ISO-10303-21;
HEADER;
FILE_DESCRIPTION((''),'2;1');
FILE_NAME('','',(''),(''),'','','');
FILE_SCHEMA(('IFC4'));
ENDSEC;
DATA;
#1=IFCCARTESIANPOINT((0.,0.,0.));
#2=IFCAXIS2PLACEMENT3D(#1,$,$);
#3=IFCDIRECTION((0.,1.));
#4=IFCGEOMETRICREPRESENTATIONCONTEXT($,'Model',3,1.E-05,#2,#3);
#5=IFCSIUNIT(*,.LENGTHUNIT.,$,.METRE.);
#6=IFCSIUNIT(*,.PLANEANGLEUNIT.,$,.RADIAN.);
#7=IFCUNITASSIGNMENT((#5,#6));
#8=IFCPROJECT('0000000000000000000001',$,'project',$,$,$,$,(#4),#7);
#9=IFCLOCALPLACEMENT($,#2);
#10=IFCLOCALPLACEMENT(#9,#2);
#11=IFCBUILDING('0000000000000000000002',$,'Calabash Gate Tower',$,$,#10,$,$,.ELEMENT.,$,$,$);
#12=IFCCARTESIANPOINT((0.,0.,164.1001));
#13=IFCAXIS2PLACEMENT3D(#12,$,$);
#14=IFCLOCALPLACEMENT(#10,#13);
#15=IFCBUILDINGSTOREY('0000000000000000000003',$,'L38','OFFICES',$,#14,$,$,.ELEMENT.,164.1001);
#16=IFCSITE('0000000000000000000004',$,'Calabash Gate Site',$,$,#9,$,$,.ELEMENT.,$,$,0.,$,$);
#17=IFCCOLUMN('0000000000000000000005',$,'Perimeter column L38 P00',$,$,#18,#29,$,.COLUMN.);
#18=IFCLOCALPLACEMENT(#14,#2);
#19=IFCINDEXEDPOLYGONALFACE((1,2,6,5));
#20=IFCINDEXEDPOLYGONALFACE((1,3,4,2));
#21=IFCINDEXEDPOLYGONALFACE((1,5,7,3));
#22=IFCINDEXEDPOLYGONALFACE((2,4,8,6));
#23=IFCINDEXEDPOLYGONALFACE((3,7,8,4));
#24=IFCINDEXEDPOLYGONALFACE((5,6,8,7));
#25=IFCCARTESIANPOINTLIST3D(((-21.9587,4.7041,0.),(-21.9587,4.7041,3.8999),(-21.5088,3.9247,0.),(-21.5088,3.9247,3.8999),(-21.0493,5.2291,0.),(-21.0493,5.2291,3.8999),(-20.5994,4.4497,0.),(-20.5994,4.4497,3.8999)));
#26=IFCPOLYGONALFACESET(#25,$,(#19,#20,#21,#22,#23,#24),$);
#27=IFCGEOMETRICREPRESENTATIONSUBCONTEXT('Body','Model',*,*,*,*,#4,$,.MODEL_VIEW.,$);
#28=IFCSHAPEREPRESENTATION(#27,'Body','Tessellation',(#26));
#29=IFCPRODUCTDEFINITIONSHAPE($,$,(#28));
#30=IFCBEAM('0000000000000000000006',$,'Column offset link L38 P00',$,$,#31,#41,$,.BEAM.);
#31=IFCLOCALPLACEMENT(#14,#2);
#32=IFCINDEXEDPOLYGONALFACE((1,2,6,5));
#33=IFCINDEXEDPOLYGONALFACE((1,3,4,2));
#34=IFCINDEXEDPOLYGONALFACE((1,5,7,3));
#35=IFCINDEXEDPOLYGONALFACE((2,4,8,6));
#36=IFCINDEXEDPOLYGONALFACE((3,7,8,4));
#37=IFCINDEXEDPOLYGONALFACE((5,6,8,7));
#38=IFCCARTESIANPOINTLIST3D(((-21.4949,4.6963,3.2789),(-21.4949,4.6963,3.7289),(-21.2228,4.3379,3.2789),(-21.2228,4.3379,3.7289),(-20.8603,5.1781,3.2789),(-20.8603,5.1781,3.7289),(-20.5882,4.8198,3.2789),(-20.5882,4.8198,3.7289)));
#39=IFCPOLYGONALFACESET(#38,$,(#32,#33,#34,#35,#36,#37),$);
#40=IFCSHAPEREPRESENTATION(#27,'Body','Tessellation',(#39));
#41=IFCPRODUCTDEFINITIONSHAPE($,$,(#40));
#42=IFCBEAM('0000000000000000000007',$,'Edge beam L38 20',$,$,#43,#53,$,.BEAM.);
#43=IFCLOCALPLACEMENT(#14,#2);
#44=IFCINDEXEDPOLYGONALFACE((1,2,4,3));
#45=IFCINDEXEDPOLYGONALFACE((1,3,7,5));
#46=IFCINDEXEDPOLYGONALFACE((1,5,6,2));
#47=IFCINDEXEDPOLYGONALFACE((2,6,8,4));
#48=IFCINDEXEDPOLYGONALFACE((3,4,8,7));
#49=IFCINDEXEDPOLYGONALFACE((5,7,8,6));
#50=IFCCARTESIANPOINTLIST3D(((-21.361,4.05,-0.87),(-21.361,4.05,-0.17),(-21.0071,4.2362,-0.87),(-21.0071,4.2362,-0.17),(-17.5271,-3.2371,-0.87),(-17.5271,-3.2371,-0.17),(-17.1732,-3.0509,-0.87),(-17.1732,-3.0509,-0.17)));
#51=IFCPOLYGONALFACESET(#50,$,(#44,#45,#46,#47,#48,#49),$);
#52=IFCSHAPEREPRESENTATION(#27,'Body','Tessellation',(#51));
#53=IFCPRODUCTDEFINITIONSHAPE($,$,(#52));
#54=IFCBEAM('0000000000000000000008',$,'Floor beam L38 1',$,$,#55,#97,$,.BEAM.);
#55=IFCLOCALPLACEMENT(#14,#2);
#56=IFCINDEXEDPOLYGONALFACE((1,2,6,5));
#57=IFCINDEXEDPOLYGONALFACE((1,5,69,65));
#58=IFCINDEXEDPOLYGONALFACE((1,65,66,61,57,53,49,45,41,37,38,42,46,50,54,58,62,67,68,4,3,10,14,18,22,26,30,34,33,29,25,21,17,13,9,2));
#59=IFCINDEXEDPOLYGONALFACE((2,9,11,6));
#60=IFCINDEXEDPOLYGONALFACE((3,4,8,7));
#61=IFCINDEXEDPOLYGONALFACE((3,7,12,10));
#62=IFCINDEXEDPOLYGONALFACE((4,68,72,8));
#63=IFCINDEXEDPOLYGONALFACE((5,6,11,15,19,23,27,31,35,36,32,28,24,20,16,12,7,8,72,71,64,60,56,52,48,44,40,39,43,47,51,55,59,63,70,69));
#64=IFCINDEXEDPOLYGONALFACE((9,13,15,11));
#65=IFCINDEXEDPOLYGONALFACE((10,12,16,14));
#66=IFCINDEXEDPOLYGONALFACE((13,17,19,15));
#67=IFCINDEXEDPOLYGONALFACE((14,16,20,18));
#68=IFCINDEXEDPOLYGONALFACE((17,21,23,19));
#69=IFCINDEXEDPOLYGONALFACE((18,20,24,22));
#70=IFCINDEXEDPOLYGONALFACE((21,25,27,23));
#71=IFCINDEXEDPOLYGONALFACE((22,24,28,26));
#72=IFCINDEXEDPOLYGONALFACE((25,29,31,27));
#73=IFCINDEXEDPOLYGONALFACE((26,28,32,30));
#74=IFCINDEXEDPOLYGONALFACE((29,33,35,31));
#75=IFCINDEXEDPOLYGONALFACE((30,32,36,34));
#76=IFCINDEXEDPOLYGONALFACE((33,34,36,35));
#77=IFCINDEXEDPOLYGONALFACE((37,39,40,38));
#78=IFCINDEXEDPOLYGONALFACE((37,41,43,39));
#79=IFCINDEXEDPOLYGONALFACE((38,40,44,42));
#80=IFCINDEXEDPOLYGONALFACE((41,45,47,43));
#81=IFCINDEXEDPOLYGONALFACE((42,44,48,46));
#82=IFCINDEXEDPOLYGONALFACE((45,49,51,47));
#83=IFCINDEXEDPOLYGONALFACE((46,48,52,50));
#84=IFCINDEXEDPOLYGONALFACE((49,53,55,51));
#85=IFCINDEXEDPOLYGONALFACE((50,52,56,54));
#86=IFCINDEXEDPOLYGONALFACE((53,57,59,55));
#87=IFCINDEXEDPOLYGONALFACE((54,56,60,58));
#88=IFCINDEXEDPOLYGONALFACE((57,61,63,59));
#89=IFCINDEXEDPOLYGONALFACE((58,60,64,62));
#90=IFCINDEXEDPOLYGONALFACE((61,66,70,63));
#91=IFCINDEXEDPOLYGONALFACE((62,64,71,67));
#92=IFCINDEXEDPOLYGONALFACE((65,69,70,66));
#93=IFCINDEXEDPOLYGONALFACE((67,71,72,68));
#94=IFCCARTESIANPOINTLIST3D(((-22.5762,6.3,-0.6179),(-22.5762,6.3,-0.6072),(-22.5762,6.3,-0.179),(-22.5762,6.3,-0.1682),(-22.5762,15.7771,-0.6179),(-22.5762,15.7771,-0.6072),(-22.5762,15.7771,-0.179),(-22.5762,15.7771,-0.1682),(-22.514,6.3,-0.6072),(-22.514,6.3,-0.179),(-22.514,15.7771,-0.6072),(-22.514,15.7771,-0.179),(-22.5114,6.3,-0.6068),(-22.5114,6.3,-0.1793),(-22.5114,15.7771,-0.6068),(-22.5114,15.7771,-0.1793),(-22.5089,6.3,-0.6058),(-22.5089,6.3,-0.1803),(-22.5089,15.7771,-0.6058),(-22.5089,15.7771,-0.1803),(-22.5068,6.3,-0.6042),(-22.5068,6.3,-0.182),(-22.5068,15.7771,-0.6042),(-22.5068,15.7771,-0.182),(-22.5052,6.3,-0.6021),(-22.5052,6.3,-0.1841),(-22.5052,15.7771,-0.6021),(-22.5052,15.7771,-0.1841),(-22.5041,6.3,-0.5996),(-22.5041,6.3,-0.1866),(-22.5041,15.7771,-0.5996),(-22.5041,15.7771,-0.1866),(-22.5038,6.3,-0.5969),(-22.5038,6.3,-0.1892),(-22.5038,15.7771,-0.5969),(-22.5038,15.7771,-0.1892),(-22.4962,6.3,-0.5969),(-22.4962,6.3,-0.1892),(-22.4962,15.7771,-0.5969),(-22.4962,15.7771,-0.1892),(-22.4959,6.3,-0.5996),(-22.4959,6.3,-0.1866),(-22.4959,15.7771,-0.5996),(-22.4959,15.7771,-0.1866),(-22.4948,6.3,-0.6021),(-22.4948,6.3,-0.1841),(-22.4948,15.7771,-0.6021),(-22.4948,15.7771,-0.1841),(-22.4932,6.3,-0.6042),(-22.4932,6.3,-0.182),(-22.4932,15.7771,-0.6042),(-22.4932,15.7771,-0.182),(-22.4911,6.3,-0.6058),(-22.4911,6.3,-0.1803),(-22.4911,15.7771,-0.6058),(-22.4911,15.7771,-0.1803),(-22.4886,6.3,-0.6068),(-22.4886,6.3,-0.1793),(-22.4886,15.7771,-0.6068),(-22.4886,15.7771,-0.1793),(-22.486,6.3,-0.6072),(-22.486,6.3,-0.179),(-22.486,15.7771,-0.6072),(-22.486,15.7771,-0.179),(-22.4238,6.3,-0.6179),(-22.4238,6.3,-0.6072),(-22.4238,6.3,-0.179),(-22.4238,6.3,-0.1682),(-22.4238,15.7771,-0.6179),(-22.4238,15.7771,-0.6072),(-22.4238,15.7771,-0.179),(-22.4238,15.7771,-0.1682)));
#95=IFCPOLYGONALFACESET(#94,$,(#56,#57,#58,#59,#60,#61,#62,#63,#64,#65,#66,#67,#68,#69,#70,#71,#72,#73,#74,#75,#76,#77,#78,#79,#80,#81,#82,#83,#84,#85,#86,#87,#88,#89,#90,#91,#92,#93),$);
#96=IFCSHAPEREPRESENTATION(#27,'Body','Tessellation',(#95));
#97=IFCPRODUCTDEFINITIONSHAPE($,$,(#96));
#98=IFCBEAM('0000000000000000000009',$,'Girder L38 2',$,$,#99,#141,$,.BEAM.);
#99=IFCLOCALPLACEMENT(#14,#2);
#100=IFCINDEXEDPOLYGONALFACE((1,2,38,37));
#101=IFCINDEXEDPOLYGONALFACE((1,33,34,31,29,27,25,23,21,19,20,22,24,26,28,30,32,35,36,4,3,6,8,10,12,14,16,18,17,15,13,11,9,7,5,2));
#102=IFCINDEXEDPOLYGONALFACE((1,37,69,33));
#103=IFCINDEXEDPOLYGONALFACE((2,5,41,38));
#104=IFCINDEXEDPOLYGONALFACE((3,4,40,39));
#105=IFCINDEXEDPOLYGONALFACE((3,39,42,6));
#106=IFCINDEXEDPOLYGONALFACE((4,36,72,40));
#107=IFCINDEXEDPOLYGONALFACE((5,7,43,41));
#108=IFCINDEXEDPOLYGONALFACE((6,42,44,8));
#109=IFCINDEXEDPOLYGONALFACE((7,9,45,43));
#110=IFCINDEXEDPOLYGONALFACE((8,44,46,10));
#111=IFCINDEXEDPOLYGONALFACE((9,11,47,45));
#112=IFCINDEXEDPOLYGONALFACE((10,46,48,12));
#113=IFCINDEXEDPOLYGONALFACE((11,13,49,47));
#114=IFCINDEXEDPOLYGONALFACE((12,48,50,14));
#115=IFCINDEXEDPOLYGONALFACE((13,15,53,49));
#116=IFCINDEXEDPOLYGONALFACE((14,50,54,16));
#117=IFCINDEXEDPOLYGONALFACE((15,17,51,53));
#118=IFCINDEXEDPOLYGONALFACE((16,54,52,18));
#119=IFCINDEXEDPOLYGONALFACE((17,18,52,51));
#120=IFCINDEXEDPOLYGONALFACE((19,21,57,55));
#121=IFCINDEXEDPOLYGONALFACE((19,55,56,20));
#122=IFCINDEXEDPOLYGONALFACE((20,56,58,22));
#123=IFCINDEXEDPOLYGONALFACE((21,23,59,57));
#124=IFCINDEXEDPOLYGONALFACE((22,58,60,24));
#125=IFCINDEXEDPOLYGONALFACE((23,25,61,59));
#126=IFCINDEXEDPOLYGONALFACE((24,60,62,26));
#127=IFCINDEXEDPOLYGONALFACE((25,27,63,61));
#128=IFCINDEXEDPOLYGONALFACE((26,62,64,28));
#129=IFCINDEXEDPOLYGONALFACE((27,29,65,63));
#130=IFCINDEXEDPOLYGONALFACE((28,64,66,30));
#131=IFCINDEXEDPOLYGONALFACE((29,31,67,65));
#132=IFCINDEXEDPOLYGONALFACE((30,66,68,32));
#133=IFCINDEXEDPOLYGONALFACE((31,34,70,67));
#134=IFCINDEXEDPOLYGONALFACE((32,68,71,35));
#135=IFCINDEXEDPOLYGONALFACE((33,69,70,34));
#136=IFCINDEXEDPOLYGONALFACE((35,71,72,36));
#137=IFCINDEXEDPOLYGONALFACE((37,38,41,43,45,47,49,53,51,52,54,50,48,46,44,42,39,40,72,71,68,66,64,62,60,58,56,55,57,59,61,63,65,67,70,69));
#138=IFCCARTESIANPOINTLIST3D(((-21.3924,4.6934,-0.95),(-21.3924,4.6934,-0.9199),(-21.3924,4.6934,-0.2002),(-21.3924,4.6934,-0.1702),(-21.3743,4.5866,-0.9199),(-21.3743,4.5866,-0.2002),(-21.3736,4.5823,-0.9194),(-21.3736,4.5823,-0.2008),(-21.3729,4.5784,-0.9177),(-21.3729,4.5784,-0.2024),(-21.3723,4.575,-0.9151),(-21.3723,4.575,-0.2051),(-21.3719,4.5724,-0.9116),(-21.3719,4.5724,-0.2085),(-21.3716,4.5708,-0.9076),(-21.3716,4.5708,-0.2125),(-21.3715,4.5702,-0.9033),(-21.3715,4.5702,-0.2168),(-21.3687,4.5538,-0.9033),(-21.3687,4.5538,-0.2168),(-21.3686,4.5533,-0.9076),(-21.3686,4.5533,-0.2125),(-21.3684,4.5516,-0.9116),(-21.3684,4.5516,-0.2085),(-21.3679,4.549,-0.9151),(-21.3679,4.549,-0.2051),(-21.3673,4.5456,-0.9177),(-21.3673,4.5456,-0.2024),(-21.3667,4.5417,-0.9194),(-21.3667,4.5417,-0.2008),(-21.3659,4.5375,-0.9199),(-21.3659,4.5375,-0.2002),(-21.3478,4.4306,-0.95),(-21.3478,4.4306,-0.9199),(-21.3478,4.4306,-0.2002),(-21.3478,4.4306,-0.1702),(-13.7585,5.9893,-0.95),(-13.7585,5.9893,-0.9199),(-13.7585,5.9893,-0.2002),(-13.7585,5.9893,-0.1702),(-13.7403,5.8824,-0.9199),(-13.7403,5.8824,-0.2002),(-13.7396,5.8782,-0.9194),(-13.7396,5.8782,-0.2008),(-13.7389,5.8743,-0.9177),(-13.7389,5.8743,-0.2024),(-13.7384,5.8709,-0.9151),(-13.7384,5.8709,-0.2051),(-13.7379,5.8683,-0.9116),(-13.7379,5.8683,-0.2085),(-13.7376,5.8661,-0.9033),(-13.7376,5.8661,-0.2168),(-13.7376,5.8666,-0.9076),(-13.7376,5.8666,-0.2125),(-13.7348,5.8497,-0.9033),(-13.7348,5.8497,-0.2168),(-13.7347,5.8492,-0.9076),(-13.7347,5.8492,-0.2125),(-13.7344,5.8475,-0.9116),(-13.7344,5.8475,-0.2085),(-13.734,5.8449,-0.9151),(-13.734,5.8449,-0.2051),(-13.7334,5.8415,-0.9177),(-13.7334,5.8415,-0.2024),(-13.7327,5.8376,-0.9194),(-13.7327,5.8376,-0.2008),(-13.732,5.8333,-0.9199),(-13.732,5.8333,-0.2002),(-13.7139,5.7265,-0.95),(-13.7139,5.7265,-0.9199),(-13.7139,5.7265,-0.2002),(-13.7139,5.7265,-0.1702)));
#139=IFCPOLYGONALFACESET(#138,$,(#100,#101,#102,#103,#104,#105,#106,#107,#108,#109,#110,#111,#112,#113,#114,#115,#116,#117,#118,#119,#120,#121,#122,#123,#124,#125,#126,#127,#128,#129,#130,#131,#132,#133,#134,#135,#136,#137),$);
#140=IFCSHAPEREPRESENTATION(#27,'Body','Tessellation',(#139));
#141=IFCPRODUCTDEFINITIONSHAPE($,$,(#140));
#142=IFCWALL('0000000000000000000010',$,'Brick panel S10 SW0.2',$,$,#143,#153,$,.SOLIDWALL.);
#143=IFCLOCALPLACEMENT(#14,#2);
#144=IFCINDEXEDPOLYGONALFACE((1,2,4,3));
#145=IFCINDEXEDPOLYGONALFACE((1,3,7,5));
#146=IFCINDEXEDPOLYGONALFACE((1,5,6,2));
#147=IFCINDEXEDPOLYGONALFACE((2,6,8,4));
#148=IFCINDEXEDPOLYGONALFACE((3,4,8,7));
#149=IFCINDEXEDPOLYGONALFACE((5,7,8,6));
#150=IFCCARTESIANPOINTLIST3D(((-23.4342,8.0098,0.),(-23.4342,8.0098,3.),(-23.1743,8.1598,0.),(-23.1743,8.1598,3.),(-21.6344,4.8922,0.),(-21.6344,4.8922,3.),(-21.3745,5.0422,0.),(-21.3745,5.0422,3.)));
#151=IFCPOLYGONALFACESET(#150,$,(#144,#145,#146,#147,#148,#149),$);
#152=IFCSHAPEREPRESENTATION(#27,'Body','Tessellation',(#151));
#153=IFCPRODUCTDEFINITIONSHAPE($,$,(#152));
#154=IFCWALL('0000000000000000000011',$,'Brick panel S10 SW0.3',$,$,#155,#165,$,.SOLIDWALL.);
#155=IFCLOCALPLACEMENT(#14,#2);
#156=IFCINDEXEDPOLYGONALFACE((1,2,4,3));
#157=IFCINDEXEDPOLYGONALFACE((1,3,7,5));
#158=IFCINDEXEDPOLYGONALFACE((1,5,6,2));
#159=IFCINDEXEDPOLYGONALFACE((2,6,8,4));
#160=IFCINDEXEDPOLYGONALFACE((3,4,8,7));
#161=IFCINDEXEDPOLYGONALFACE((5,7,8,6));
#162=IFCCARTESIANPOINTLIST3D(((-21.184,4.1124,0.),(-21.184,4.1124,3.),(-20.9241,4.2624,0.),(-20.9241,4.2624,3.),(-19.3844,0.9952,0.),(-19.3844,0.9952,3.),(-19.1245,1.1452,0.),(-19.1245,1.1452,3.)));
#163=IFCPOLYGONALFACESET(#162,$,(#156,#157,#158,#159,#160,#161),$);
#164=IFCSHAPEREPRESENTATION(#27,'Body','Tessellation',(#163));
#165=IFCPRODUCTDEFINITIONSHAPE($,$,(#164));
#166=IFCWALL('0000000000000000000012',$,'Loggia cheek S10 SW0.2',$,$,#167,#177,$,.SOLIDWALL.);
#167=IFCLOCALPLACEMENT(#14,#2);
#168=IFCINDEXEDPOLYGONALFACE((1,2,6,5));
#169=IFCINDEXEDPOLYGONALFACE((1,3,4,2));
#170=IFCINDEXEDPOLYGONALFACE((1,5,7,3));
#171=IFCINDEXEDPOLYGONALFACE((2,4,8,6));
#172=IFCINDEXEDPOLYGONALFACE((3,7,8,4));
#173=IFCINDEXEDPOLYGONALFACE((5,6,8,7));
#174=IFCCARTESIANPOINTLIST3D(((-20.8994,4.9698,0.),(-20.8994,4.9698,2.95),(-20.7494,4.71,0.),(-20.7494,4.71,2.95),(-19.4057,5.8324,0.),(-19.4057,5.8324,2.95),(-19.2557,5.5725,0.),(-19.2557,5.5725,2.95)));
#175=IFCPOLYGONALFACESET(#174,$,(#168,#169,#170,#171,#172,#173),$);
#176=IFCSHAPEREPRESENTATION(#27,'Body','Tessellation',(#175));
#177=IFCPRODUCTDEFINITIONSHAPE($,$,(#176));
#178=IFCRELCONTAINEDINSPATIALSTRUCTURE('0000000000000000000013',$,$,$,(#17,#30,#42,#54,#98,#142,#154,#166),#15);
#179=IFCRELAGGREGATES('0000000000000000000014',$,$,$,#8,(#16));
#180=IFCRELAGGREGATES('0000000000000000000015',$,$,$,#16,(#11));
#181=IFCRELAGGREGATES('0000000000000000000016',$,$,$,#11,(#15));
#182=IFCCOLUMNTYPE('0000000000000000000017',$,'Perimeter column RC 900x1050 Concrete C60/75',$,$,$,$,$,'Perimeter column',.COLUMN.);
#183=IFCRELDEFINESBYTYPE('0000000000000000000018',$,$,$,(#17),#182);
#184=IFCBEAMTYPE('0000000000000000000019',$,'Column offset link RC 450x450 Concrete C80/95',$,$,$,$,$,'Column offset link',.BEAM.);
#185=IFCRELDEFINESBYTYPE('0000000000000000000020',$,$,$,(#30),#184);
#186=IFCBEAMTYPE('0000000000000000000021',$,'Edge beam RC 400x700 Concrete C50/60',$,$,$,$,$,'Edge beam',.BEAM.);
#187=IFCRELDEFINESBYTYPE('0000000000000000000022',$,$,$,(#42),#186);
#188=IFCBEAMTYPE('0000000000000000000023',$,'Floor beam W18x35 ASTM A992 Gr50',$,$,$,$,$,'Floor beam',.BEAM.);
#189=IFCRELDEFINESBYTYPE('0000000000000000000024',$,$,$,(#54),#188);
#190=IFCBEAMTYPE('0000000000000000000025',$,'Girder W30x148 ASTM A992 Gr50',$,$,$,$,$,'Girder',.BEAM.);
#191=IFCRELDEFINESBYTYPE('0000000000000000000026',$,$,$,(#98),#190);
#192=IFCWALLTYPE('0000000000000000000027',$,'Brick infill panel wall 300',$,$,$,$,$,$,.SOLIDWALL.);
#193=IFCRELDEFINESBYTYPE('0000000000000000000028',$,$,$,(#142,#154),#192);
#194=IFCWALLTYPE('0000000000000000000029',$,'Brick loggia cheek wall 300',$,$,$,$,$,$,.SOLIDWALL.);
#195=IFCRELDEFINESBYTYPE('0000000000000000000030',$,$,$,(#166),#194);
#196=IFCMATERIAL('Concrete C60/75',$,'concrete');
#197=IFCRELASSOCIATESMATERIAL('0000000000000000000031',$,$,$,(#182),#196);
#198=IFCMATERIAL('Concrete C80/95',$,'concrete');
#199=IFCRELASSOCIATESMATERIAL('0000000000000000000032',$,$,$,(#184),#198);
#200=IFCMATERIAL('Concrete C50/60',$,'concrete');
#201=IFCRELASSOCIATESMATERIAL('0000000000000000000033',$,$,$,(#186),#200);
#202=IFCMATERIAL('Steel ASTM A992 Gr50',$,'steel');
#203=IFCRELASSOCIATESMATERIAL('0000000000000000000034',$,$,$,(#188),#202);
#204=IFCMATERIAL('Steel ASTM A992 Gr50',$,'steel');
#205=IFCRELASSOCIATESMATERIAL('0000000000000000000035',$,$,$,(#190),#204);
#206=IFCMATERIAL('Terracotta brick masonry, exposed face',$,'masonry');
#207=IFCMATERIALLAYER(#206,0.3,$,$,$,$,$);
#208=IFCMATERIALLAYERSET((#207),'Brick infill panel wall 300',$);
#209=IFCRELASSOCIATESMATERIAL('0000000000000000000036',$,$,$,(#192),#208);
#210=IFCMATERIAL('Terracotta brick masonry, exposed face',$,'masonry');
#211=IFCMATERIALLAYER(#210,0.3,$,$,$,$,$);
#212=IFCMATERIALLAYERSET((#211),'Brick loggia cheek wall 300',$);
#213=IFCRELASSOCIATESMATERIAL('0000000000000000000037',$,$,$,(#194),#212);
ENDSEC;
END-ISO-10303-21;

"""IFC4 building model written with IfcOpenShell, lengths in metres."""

from ifc_helpers import new_model, si_unit, direction, frame, frame_2d, origin, origin_2d, place, context, subcontext, project, spatial, rectangle, i_section, extrude, material, layer, layer_set, material_profile, profile_set, type_object, element, save


model = new_model("IFC4")

# Units and contexts
model_context = context("Model", 3, precision=1e-05, world=origin(), true_north=direction((0.0, 1.0)))
body_context = subcontext(model_context, "Body", "Model", "MODEL_VIEW")
ifc_project = project(units=[si_unit("LENGTHUNIT", "METRE"), si_unit("PLANEANGLEUNIT", "RADIAN")], contexts=[model_context])

# Site, building, storey
site_placement = place(None, origin())
site = spatial("IfcSite", under=ifc_project, at=site_placement, Name="Calabash Gate Site", CompositionType="ELEMENT", RefElevation=0.0)
building_placement = place(site_placement, origin())
building = spatial("IfcBuilding", under=site, at=building_placement, Name="Calabash Gate Tower", CompositionType="ELEMENT")
storey_placement = place(building_placement, frame((0.0, 0.0, 164.1001)))
storey = spatial("IfcBuildingStorey", under=building, at=storey_placement, Name="L38", Description="OFFICES", CompositionType="ELEMENT", Elevation=164.1001)

# Column
ifc_material_1 = material(Name="Concrete C60/75", Category="concrete")
ifc_material_profile_1 = material_profile(ifc_material_1, rectangle(XDim=0.8999, YDim=1.05, at=origin_2d()))
ifc_profile_set_1 = profile_set([ifc_material_profile_1], Name="Concrete C60/75")
column_type = type_object("IfcColumnType", Name="Perimeter column RC 900x1050 Concrete C60/75", ElementType="Perimeter column", PredefinedType="COLUMN", material=ifc_profile_set_1)
column_placement = place(storey_placement, frame((-21.2791, 4.5769, 0.0), z_axis=(0.0, 0.0, 1.0), x_axis=(0.5, -0.866025, 0.0)))
element("IfcColumn", 1, at=column_placement, inside=storey, type_object=column_type, Name="Perimeter column L38 P00", PredefinedType="COLUMN", context=body_context, shape_type="SweptSolid", body=[
    extrude(rectangle(XDim=0.8999, YDim=1.05, at=origin_2d()), origin(), (0.0, 0.0, 1.0), 3.8999),
])

# Beams
ifc_material_2 = material(Name="Concrete C80/95", Category="concrete")
ifc_material_profile_2 = material_profile(ifc_material_2, rectangle(XDim=0.45, YDim=0.45, at=origin_2d()))
ifc_profile_set_2 = profile_set([ifc_material_profile_2], Name="Concrete C80/95")
beam_type_1 = type_object("IfcBeamType", Name="Column offset link RC 450x450 Concrete C80/95", ElementType="Column offset link", PredefinedType="BEAM", material=ifc_profile_set_2)
beam_1_placement = place(storey_placement, frame((-21.3589, 4.5171, 3.5039), z_axis=(0.796457, 0.604695, 0.0), x_axis=(-0.604695, 0.796457, 0.0)))
element("IfcBeam", 2, at=beam_1_placement, inside=storey, type_object=beam_type_1, Name="Column offset link L38 P00", PredefinedType="BEAM", context=body_context, shape_type="SweptSolid", body=[
    extrude(rectangle(XDim=0.45, YDim=0.45, at=origin_2d()), origin(), (0.0, 0.0, 1.0), 0.7969),
])
ifc_material_3 = material(Name="Concrete C50/60", Category="concrete")
ifc_material_profile_3 = material_profile(ifc_material_3, rectangle(XDim=0.3999, YDim=0.7, at=origin_2d()))
ifc_profile_set_3 = profile_set([ifc_material_profile_3], Name="Concrete C50/60")
beam_type_2 = type_object("IfcBeamType", Name="Edge beam RC 400x700 Concrete C50/60", ElementType="Edge beam", PredefinedType="BEAM", material=ifc_profile_set_3)
beam_2_placement = place(storey_placement, frame((-21.1841, 4.1431, -0.52), z_axis=(0.465619, -0.884985, 0.0), x_axis=(0.884985, 0.465619, 0.0)))
element("IfcBeam", 3, at=beam_2_placement, inside=storey, type_object=beam_type_2, Name="Edge beam L38 20", PredefinedType="BEAM", context=body_context, shape_type="SweptSolid", body=[
    extrude(rectangle(XDim=0.3999, YDim=0.7, at=origin_2d()), origin(), (0.0, 0.0, 1.0), 8.2341),
])
ifc_material_4 = material(Name="Steel ASTM A992 Gr50", Category="steel")
ifc_material_profile_4 = material_profile(ifc_material_4, i_section(OverallWidth=0.1523, OverallDepth=0.4497, WebThickness=0.0076, FlangeThickness=0.0107, FilletRadius=0.0103, at=origin_2d()))
ifc_profile_set_4 = profile_set([ifc_material_profile_4], Name="Steel ASTM A992 Gr50")
beam_type_3 = type_object("IfcBeamType", Name="Floor beam W18x35 ASTM A992 Gr50", ElementType="Floor beam", PredefinedType="BEAM", material=ifc_profile_set_4)
beam_3_placement = place(storey_placement, frame((-22.5, 6.3, -0.3931), z_axis=(0.0, 1.0, 0.0), x_axis=(-1.0, 0.0, 0.0)))
element("IfcBeam", 4, at=beam_3_placement, inside=storey, type_object=beam_type_3, Name="Floor beam L38 1", PredefinedType="BEAM", context=body_context, shape_type="SweptSolid", body=[
    extrude(i_section(OverallWidth=0.1523, OverallDepth=0.4497, WebThickness=0.0076, FlangeThickness=0.0107, FilletRadius=0.0103, at=origin_2d()), origin(), (0.0, 0.0, 1.0), 9.4771),
])
ifc_material_5 = material(Name="Steel ASTM A992 Gr50", Category="steel")
ifc_material_profile_5 = material_profile(ifc_material_5, i_section(OverallWidth=0.2666, OverallDepth=0.7798, WebThickness=0.0166, FlangeThickness=0.03, FilletRadius=0.0166, at=origin_2d()))
ifc_profile_set_5 = profile_set([ifc_material_profile_5], Name="Steel ASTM A992 Gr50")
beam_type_4 = type_object("IfcBeamType", Name="Girder W30x148 ASTM A992 Gr50", ElementType="Girder", PredefinedType="BEAM", material=ifc_profile_set_5)
beam_4_placement = place(storey_placement, frame((-21.3701, 4.562, -0.5601), z_axis=(0.985896, 0.167359, 0.0), x_axis=(-0.167359, 0.985896, 0.0)))
element("IfcBeam", 5, at=beam_4_placement, inside=storey, type_object=beam_type_4, Name="Girder L38 2", PredefinedType="BEAM", context=body_context, shape_type="SweptSolid", body=[
    extrude(i_section(OverallWidth=0.2666, OverallDepth=0.7798, WebThickness=0.0166, FlangeThickness=0.03, FilletRadius=0.0166, at=origin_2d()), origin(), (0.0, 0.0, 1.0), 7.7432),
])

# Walls
ifc_material_6 = material(Name="Terracotta brick masonry, exposed face", Category="masonry")
ifc_layer_1 = layer(ifc_material_6, 0.3)
ifc_layer_set_1 = layer_set([ifc_layer_1], Name="Brick infill panel wall 300")
wall_type_1 = type_object("IfcWallType", Name="Brick infill panel wall 300", PredefinedType="SOLIDWALL", material=ifc_layer_set_1)
wall_1_placement = place(storey_placement, frame((-23.3042, 8.0847, 0.0), z_axis=(0.0, 0.0, 1.0), x_axis=(0.499961, -0.866048, 0.0)))
element("IfcWall", 6, at=wall_1_placement, inside=storey, type_object=wall_type_1, Name="Brick panel S10 SW0.2", PredefinedType="SOLIDWALL", context=body_context, shape_type="SweptSolid", body=[
    extrude(rectangle(XDim=3.5999, YDim=0.3, at=frame_2d((1.7998, 0.0))), origin(), (0.0, 0.0, 1.0), 3.0),
])
wall_2_placement = place(storey_placement, frame((-19.2544, 1.0701, 0.0), z_axis=(0.0, 0.0, 1.0), x_axis=(-0.499969, 0.866043, 0.0)))
element("IfcWall", 7, at=wall_2_placement, inside=storey, type_object=wall_type_1, Name="Brick panel S10 SW0.3", PredefinedType="SOLIDWALL", context=body_context, shape_type="SweptSolid", body=[
    extrude(rectangle(XDim=3.5994, YDim=0.3, at=frame_2d((1.7998, 0.0))), origin(), (0.0, 0.0, 1.0), 3.0),
])
ifc_material_7 = material(Name="Terracotta brick masonry, exposed face", Category="masonry")
ifc_layer_2 = layer(ifc_material_7, 0.3)
ifc_layer_set_2 = layer_set([ifc_layer_2], Name="Brick loggia cheek wall 300")
wall_type_2 = type_object("IfcWallType", Name="Brick loggia cheek wall 300", PredefinedType="SOLIDWALL", material=ifc_layer_set_2)
wall_3_placement = place(storey_placement, frame((-19.3308, 5.7024, 0.0), z_axis=(0.0, 0.0, 1.0), x_axis=(-0.865978, -0.500082, 0.0)))
element("IfcWall", 8, at=wall_3_placement, inside=storey, type_object=wall_type_2, Name="Loggia cheek S10 SW0.2", PredefinedType="SOLIDWALL", context=body_context, shape_type="SweptSolid", body=[
    extrude(rectangle(XDim=1.7249, YDim=0.3, at=frame_2d((0.8623, 0.0))), origin(), (0.0, 0.0, 1.0), 2.95),
])

save(model, "model.ifc")
